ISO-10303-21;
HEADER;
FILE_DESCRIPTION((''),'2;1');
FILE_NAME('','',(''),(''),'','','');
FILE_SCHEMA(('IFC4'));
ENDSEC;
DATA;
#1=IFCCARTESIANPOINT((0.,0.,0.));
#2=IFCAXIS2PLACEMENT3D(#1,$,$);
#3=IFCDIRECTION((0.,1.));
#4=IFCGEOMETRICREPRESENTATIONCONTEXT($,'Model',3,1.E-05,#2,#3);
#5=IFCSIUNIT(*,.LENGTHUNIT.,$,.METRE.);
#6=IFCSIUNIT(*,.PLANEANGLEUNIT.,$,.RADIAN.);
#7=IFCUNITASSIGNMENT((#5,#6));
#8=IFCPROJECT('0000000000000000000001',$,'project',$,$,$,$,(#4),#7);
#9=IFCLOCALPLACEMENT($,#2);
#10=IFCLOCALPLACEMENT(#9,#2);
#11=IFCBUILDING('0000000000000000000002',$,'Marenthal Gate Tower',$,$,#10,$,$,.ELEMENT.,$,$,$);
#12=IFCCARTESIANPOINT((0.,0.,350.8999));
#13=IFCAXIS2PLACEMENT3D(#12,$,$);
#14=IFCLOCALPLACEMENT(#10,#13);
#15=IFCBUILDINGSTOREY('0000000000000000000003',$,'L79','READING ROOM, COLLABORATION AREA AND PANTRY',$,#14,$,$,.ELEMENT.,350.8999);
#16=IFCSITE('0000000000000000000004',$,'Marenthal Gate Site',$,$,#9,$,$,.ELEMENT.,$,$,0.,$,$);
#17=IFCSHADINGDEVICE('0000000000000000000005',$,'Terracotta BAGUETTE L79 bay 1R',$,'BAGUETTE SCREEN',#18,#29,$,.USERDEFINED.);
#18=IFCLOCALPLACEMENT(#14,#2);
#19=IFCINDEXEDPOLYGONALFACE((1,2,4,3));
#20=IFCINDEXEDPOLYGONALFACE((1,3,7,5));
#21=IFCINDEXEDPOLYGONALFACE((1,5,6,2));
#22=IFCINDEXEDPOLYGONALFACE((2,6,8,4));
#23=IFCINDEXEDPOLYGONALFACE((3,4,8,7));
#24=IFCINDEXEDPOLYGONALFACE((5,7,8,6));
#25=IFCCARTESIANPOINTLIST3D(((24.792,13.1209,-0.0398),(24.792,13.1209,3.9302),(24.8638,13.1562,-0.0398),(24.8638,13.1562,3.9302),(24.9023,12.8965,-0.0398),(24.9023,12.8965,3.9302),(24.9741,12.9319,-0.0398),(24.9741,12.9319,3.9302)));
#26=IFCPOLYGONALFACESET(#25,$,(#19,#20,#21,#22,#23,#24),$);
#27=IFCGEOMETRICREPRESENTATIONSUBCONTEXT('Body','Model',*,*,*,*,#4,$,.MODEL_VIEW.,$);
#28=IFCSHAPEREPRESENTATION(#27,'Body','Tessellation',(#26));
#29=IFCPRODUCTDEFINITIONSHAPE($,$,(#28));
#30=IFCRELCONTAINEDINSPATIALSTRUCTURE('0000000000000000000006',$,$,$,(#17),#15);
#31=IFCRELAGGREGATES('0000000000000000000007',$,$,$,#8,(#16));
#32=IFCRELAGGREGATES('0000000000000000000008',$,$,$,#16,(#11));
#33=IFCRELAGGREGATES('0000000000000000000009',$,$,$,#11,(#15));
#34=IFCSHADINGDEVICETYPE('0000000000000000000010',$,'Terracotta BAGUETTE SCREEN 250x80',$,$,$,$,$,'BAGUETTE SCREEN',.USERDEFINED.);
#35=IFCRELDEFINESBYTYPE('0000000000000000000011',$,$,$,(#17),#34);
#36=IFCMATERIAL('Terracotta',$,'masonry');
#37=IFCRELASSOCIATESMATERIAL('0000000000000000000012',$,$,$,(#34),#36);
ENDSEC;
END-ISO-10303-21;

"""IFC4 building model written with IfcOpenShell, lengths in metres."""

from ifc_helpers import new_model, si_unit, direction, frame, origin, origin_2d, place, context, subcontext, project, spatial, rectangle, extrude, material, material_profile, profile_set, type_object, element, save


model = new_model("IFC4")

# Units and contexts
model_context = context("Model", 3, precision=1e-05, world=origin(), true_north=direction((0.0, 1.0)))
body_context = subcontext(model_context, "Body", "Model", "MODEL_VIEW")
ifc_project = project(units=[si_unit("LENGTHUNIT", "METRE"), si_unit("PLANEANGLEUNIT", "RADIAN")], contexts=[model_context])

# Site, building, storey
site_placement = place(None, origin())
site = spatial("IfcSite", under=ifc_project, at=site_placement, Name="Marenthal Gate Site", CompositionType="ELEMENT", RefElevation=0.0)
building_placement = place(site_placement, origin())
building = spatial("IfcBuilding", under=site, at=building_placement, Name="Marenthal Gate Tower", CompositionType="ELEMENT")
storey_placement = place(building_placement, frame((0.0, 0.0, 350.8999)))
storey = spatial("IfcBuildingStorey", under=building, at=storey_placement, Name="L79", Description="READING ROOM, COLLABORATION AREA AND PANTRY", CompositionType="ELEMENT", Elevation=350.8999)

# Shading device
ifc_material_1 = material(Name="Terracotta", Category="masonry")
ifc_material_profile_1 = material_profile(ifc_material_1, rectangle(XDim=0.25, YDim=0.0801, at=origin_2d()), Name="Terracotta baguette 250x80")
ifc_profile_set_1 = profile_set([ifc_material_profile_1], Name="Terracotta")
shading_device_type = type_object("IfcShadingDeviceType", Name="Terracotta BAGUETTE SCREEN 250x80", ElementType="BAGUETTE SCREEN", PredefinedType="USERDEFINED", material=ifc_profile_set_1)
shading_device_placement = place(storey_placement, frame((24.8831, 13.0264, -0.0398), z_axis=(0.0, 0.0, 1.0), x_axis=(-0.441181, 0.897418, 0.0)))
element("IfcShadingDevice", 1, at=shading_device_placement, inside=storey, type_object=shading_device_type, Name="Terracotta BAGUETTE L79 bay 1R", ObjectType="BAGUETTE SCREEN", PredefinedType="USERDEFINED", context=body_context, shape_type="SweptSolid", body=[
    extrude(rectangle(XDim=0.25, YDim=0.0801, at=origin_2d()), origin(), (0.0, 0.0, 1.0), 3.97),
])

save(model, "model.ifc")
